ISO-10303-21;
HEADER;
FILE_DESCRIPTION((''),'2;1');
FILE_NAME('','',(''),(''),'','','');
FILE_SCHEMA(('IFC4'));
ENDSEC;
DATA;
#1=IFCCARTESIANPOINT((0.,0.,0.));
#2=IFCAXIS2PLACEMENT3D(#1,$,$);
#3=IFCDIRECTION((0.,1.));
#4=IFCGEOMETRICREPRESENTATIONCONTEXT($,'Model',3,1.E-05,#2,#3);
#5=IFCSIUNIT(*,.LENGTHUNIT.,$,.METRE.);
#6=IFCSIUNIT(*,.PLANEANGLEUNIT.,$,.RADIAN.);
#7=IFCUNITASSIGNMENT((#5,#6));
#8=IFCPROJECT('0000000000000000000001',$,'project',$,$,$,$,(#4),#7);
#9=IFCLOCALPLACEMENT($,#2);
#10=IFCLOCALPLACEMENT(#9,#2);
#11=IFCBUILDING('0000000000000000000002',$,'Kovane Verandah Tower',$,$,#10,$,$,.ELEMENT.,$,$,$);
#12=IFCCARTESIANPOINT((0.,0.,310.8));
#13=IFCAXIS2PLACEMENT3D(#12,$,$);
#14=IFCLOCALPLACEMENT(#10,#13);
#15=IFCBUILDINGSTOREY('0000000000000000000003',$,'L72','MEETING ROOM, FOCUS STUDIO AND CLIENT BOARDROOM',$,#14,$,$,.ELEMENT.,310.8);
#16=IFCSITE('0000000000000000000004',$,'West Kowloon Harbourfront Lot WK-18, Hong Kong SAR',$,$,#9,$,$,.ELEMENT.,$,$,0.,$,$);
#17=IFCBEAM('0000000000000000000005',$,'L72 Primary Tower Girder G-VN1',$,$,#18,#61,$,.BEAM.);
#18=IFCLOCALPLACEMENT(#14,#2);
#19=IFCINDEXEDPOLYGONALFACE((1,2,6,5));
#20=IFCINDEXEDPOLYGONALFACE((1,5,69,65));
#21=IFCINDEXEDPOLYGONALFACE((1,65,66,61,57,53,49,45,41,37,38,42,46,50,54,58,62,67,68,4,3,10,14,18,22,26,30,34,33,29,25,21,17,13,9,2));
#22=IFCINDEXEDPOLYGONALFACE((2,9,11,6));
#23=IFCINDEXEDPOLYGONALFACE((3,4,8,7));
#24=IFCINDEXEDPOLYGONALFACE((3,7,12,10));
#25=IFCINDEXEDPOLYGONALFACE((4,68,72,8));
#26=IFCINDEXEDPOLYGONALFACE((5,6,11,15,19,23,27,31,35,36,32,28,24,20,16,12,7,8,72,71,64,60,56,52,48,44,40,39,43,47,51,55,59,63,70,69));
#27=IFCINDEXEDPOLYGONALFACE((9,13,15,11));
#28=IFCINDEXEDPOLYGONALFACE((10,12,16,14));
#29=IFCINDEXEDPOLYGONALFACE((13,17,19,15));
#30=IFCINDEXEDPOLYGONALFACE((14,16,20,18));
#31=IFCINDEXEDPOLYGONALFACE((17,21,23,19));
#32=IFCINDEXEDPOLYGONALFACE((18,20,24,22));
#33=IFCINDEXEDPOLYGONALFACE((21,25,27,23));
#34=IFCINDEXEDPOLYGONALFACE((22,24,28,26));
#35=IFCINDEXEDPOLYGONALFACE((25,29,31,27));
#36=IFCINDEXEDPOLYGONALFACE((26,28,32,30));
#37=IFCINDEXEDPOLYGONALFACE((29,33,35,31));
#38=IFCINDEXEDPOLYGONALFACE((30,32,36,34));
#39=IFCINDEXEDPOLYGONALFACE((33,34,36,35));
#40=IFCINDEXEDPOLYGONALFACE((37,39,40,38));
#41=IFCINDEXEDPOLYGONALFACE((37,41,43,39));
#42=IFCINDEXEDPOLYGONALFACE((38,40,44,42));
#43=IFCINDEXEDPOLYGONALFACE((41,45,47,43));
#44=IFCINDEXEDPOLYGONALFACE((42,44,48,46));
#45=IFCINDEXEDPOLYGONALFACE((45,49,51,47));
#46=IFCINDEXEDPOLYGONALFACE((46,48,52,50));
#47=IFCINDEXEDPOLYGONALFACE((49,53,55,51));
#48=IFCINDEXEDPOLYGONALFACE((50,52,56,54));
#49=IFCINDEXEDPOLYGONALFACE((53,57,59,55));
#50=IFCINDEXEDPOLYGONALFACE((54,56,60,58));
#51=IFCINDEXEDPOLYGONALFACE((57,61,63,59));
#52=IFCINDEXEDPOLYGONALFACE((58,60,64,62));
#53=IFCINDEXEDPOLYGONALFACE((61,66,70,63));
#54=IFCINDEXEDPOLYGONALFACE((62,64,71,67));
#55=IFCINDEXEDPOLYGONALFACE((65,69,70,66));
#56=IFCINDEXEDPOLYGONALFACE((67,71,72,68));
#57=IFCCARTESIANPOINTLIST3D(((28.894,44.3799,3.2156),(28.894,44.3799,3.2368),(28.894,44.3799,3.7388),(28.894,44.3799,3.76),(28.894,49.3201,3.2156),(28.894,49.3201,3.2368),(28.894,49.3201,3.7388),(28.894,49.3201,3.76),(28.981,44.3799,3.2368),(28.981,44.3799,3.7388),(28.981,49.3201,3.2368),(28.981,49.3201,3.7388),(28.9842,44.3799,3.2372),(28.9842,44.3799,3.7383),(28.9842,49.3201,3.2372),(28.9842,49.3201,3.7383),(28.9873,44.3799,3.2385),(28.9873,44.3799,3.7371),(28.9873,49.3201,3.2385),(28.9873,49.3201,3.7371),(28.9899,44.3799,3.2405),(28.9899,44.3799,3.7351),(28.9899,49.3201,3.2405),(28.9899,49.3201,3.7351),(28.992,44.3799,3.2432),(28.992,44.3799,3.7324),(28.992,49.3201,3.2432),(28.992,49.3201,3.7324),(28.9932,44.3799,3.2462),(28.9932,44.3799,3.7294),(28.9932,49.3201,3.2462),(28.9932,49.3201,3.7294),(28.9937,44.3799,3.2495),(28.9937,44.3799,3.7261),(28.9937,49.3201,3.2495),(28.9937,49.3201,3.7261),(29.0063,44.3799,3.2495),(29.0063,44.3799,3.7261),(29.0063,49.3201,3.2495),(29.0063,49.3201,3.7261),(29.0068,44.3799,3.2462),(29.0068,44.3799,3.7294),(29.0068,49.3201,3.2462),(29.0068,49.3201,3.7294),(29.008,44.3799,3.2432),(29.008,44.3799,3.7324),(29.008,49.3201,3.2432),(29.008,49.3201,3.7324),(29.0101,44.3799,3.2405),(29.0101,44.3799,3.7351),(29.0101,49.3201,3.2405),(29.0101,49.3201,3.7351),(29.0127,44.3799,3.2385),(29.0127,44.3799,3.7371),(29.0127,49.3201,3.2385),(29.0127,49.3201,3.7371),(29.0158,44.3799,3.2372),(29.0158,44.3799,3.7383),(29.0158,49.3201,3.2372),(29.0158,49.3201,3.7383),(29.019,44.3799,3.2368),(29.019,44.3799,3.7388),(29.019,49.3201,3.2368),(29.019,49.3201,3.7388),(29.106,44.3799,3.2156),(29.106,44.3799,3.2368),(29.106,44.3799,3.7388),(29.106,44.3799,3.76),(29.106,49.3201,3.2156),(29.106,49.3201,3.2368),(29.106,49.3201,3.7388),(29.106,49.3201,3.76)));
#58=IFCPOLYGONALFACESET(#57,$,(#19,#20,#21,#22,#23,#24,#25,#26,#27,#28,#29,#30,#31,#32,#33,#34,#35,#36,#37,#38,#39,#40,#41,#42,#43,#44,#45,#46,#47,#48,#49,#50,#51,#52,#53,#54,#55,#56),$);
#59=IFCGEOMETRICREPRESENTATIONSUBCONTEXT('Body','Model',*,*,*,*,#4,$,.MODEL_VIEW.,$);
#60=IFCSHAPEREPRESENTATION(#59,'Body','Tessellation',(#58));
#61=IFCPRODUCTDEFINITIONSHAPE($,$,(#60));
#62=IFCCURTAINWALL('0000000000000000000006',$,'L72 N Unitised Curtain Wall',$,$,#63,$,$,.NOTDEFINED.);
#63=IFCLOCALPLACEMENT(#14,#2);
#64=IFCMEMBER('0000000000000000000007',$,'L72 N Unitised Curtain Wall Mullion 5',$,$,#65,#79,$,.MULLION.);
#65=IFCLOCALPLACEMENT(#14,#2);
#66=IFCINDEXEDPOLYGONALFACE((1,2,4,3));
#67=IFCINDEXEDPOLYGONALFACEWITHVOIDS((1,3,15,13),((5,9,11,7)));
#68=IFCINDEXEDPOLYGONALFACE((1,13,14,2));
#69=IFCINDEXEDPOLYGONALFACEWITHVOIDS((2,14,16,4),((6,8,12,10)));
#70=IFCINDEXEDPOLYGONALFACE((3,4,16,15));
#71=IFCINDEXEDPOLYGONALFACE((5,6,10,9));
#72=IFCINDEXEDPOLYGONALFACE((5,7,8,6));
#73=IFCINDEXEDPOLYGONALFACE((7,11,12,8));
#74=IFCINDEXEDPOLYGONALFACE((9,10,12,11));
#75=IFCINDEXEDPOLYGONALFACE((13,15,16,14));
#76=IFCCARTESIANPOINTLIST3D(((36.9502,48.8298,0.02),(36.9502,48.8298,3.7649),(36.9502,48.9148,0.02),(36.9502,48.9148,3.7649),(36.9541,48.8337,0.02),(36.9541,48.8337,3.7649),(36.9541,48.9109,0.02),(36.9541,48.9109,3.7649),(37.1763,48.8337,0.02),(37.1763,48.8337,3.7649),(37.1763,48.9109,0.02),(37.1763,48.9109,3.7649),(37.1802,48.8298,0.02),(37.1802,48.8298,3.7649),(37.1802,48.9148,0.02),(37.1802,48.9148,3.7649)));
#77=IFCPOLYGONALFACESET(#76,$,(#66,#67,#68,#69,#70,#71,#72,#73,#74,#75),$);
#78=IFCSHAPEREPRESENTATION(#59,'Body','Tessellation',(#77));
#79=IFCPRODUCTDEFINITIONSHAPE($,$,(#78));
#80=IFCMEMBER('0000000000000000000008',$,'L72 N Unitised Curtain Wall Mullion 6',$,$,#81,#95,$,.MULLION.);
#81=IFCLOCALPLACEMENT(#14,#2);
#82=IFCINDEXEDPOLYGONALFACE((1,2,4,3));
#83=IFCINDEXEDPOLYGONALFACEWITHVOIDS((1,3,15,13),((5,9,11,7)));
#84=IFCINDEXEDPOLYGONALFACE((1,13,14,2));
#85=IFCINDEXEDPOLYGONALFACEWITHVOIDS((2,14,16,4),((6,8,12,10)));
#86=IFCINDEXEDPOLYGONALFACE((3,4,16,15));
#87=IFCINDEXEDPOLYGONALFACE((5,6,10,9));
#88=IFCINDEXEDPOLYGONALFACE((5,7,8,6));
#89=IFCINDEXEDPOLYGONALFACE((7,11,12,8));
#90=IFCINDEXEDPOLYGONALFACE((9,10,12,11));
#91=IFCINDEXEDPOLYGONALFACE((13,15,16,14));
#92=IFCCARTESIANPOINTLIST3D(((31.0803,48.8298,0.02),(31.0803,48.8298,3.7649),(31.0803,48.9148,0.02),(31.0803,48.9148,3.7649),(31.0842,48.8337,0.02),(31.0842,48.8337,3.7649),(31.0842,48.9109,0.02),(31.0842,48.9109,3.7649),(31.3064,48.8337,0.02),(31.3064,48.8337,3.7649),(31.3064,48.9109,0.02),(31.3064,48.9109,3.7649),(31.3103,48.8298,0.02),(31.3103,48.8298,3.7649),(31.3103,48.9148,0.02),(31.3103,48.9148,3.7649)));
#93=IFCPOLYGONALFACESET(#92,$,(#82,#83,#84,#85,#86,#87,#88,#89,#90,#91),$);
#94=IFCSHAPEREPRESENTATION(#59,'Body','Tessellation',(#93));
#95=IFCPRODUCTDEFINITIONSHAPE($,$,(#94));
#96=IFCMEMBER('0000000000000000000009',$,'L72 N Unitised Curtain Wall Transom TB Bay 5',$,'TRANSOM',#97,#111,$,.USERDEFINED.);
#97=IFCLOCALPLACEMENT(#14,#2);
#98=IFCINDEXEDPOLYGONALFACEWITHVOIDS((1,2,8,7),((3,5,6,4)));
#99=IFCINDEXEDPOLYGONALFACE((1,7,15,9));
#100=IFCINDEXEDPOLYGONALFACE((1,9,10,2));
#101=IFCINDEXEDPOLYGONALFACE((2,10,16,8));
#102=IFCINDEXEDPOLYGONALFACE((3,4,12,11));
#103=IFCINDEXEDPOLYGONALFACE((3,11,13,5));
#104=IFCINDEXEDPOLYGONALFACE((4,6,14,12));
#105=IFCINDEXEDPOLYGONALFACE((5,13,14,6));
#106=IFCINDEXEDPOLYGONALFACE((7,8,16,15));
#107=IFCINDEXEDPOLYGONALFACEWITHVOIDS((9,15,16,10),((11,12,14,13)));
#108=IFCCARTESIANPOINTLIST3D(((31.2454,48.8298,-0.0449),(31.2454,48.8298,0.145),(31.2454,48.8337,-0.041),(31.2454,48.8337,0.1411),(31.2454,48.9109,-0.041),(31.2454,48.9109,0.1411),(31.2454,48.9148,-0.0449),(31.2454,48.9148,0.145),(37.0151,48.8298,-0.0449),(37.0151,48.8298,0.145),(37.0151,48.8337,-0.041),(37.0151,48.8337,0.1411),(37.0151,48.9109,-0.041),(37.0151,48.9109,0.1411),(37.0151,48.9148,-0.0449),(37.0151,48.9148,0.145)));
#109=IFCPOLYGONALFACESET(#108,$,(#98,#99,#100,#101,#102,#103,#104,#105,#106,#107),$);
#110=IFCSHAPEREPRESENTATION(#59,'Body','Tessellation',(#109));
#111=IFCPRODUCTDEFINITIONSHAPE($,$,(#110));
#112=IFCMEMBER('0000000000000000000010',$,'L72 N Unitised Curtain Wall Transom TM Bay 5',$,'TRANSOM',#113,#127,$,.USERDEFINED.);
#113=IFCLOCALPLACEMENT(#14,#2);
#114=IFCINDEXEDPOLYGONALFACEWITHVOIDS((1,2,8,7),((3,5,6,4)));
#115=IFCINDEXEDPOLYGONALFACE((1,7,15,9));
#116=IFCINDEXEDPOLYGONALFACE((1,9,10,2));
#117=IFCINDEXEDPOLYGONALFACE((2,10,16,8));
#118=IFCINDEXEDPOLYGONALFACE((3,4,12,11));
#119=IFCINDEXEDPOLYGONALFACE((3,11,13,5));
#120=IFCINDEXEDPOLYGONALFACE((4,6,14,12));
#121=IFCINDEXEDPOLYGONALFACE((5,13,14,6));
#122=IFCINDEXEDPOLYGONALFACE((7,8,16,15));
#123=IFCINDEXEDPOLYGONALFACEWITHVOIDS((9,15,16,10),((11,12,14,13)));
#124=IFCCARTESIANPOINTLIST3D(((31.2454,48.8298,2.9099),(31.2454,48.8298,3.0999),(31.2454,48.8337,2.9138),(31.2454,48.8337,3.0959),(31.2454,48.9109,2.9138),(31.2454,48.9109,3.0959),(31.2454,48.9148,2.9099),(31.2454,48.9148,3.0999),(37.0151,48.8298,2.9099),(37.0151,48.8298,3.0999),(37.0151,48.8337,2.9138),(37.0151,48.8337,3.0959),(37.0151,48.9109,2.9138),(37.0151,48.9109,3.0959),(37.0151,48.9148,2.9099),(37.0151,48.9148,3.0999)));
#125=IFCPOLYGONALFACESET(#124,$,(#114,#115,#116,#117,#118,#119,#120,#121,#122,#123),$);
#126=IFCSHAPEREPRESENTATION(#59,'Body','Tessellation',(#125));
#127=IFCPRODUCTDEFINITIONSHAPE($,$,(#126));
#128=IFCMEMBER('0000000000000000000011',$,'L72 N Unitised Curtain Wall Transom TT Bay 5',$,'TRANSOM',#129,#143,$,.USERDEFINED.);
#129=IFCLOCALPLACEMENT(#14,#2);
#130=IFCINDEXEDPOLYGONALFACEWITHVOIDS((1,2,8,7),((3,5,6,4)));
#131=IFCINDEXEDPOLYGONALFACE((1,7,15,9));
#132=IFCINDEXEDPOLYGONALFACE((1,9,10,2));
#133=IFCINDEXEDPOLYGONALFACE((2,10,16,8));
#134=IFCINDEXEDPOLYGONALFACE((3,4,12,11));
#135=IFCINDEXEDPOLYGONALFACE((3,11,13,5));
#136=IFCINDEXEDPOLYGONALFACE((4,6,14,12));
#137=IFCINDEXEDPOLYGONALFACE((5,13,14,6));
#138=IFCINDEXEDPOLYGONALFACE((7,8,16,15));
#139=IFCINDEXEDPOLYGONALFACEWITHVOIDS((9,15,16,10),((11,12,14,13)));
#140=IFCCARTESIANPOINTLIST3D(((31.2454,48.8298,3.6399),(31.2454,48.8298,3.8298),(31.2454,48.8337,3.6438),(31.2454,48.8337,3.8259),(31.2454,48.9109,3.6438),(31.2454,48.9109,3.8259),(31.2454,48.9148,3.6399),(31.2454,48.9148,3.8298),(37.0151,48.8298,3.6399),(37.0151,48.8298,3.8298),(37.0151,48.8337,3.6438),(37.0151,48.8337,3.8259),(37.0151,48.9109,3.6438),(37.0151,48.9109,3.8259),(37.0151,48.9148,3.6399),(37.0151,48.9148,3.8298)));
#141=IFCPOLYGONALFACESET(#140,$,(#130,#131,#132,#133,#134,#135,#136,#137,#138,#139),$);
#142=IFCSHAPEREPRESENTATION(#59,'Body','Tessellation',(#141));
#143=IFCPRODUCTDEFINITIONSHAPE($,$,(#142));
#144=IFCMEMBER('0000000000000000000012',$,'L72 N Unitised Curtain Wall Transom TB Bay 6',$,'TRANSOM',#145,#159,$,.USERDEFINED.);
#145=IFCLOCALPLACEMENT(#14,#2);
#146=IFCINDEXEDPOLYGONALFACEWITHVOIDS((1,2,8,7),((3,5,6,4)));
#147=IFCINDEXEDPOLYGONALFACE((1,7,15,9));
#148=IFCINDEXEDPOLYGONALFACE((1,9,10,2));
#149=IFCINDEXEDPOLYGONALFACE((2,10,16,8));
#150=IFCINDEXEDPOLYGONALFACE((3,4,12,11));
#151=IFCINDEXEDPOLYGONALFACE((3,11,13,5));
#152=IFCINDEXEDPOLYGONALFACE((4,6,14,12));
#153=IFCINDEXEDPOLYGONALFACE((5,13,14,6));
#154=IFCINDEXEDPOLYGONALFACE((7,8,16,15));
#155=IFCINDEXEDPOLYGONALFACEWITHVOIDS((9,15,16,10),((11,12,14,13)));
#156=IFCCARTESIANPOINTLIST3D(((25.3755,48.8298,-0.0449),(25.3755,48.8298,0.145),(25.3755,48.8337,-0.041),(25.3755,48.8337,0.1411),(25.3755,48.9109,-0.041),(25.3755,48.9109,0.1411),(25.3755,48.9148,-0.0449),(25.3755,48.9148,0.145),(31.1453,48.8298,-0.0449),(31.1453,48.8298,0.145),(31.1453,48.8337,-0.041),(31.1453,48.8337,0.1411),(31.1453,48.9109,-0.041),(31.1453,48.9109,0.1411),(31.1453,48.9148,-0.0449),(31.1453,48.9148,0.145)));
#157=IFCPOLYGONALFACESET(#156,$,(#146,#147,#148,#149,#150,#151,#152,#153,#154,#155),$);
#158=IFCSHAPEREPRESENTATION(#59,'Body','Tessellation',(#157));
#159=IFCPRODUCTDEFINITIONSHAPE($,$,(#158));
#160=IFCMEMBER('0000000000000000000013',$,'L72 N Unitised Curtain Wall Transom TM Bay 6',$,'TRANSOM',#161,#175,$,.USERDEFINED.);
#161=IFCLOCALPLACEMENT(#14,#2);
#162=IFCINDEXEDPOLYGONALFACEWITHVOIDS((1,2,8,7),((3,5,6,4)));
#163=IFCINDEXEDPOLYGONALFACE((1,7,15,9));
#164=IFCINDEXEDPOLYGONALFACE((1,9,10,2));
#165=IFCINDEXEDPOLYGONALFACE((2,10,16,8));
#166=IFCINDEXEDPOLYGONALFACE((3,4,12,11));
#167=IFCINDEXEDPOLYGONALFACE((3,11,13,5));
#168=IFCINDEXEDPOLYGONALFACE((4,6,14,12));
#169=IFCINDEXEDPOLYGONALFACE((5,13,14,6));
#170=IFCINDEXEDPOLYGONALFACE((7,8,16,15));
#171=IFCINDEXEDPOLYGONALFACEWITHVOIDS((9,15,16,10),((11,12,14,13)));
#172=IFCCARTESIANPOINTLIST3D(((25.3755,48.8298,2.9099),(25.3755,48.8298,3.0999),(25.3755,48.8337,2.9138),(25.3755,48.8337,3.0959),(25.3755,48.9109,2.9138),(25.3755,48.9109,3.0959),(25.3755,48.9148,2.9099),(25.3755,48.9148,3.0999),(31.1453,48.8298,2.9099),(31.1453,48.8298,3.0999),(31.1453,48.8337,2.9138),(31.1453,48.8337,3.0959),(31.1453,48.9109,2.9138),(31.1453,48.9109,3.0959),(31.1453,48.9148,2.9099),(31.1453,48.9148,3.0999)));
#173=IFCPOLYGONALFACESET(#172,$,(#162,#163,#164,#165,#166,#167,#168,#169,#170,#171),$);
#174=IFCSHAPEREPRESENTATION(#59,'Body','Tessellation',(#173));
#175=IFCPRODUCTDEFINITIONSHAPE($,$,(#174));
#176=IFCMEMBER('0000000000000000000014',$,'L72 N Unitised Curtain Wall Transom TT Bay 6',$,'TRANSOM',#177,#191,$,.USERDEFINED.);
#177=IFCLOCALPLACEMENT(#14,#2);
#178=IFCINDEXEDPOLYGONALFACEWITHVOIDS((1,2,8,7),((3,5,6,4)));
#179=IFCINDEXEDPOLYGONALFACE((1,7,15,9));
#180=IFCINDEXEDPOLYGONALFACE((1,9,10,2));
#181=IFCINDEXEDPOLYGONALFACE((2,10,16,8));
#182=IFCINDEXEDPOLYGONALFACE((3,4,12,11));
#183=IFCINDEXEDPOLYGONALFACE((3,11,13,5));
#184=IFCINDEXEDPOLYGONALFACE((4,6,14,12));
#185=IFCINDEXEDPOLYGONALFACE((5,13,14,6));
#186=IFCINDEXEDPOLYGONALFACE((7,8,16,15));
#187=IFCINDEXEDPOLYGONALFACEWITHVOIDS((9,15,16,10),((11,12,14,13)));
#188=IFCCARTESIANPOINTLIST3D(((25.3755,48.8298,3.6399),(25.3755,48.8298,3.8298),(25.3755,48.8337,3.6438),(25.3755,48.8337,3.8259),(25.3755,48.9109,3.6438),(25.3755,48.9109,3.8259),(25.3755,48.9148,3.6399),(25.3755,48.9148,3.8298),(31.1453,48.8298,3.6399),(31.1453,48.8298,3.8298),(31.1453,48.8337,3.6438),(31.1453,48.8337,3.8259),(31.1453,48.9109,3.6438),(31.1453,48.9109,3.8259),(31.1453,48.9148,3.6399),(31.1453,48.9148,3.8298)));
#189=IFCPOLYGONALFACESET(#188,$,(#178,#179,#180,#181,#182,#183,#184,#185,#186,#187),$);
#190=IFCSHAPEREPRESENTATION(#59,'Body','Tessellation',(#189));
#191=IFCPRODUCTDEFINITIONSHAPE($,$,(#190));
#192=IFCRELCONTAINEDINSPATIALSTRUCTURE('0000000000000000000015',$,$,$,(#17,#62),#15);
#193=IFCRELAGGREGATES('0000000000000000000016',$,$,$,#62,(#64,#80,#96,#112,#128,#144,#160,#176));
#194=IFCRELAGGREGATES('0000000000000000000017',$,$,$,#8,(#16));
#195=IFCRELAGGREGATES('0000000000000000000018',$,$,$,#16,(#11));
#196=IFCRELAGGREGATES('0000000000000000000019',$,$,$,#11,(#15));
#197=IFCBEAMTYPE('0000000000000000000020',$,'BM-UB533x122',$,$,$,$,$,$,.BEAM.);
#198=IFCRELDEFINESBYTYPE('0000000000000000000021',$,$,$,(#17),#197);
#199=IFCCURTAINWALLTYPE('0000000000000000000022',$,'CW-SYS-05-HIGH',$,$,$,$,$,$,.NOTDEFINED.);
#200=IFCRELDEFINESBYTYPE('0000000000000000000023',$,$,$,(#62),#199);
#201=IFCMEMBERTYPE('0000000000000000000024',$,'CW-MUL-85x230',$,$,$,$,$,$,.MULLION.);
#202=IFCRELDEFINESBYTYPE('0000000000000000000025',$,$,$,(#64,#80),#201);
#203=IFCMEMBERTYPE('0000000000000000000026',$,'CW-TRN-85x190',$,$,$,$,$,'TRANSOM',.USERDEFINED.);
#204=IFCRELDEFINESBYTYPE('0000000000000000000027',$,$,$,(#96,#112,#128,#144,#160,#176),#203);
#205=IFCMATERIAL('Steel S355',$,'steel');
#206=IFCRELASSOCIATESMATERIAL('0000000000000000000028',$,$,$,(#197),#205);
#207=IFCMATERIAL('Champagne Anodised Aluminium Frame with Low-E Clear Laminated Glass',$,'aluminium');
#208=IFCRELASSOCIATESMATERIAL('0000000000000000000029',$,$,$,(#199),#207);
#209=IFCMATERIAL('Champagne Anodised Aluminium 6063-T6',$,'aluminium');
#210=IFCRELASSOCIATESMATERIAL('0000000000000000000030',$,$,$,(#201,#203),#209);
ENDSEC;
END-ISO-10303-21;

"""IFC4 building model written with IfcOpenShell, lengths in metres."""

from ifc_helpers import new_model, si_unit, direction, frame, origin, origin_2d, place, context, subcontext, project, spatial, hollow_rectangle, i_section, extrude, material, material_profile, profile_set, type_object, element, aggregate, save


model = new_model("IFC4")

# Units and contexts
model_context = context("Model", 3, precision=1e-05, world=origin(), true_north=direction((0.0, 1.0)))
body_context = subcontext(model_context, "Body", "Model", "MODEL_VIEW")
ifc_project = project(units=[si_unit("LENGTHUNIT", "METRE"), si_unit("PLANEANGLEUNIT", "RADIAN")], contexts=[model_context])

# Site, building, storey
site_placement = place(None, origin())
site = spatial("IfcSite", under=ifc_project, at=site_placement, Name="West Kowloon Harbourfront Lot WK-18, Hong Kong SAR", CompositionType="ELEMENT", RefElevation=0.0)
building_placement = place(site_placement, origin())
building = spatial("IfcBuilding", under=site, at=building_placement, Name="Kovane Verandah Tower", CompositionType="ELEMENT")
storey_placement = place(building_placement, frame((0.0, 0.0, 310.8)))
storey = spatial("IfcBuildingStorey", under=building, at=storey_placement, Name="L72", Description="MEETING ROOM, FOCUS STUDIO AND CLIENT BOARDROOM", CompositionType="ELEMENT", Elevation=310.8)

# Beam
ifc_material_1 = material(Name="Steel S355", Category="steel")
ifc_material_profile_1 = material_profile(ifc_material_1, i_section(OverallWidth=0.2119, OverallDepth=0.5444, WebThickness=0.0127, FlangeThickness=0.0212, FilletRadius=0.0127, at=origin_2d()), Name="UB533x210x122")
ifc_profile_set_1 = profile_set([ifc_material_profile_1], Name="Steel S355")
beam_type_1 = type_object("IfcBeamType", Name="BM-UB533x122", PredefinedType="BEAM", material=ifc_profile_set_1)
beam_1_placement = place(storey_placement, frame((29.0, 44.3799, 3.4878), z_axis=(0.0, 1.0, 0.0), x_axis=(-1.0, 0.0, 0.0)))
element("IfcBeam", 1, at=beam_1_placement, inside=storey, type_object=beam_type_1, Name="L72 Primary Tower Girder G-VN1", PredefinedType="BEAM", context=body_context, shape_type="SweptSolid", body=[
    extrude(i_section(OverallWidth=0.2119, OverallDepth=0.5444, WebThickness=0.0127, FlangeThickness=0.0212, FilletRadius=0.0127, at=origin_2d()), origin(), (0.0, 0.0, 1.0), 4.9402),
])

# Curtain wall, members
ifc_material_2 = material(Name="Champagne Anodised Aluminium Frame with Low-E Clear Laminated Glass", Category="aluminium")
curtain_wall_type = type_object("IfcCurtainWallType", Name="CW-SYS-05-HIGH", PredefinedType="NOTDEFINED", material=ifc_material_2)
curtain_wall_placement = place(storey_placement, origin())
curtain_wall = element("IfcCurtainWall", 2, at=curtain_wall_placement, inside=storey, type_object=curtain_wall_type, Name="L72 N Unitised Curtain Wall", PredefinedType="NOTDEFINED")
ifc_material_3 = material(Name="Champagne Anodised Aluminium 6063-T6", Category="aluminium")
ifc_material_profile_2 = material_profile(ifc_material_3, hollow_rectangle(XDim=0.085, YDim=0.23, WallThickness=0.0039, at=origin_2d()), Name="AL85x230x4")
ifc_profile_set_2 = profile_set([ifc_material_profile_2], Name="Champagne Anodised Aluminium 6063-T6")
member_type_1 = type_object("IfcMemberType", Name="CW-MUL-85x230", PredefinedType="MULLION", material=ifc_profile_set_2)
member_1_placement = place(storey_placement, frame((37.0652, 48.8723, 0.02), z_axis=(0.0, 0.0, 1.0), x_axis=(0.0, 1.0, 0.0)))
member_1 = element("IfcMember", 3, at=member_1_placement, type_object=member_type_1, Name="L72 N Unitised Curtain Wall Mullion 5", PredefinedType="MULLION", context=body_context, shape_type="SweptSolid", body=[
    extrude(hollow_rectangle(XDim=0.085, YDim=0.23, WallThickness=0.0039, at=origin_2d()), origin(), (0.0, 0.0, 1.0), 3.7449),
])
member_2_placement = place(storey_placement, frame((31.1953, 48.8723, 0.02), z_axis=(0.0, 0.0, 1.0), x_axis=(0.0, 1.0, 0.0)))
member_2 = element("IfcMember", 4, at=member_2_placement, type_object=member_type_1, Name="L72 N Unitised Curtain Wall Mullion 6", PredefinedType="MULLION", context=body_context, shape_type="SweptSolid", body=[
    extrude(hollow_rectangle(XDim=0.085, YDim=0.23, WallThickness=0.0039, at=origin_2d()), origin(), (0.0, 0.0, 1.0), 3.7449),
])
ifc_material_profile_3 = material_profile(ifc_material_3, hollow_rectangle(XDim=0.085, YDim=0.1899, WallThickness=0.0039, at=origin_2d()), Name="AL85x190x4")
ifc_profile_set_3 = profile_set([ifc_material_profile_3], Name="Champagne Anodised Aluminium 6063-T6")
member_type_2 = type_object("IfcMemberType", Name="CW-TRN-85x190", ElementType="TRANSOM", PredefinedType="USERDEFINED", material=ifc_profile_set_3)
member_3_placement = place(storey_placement, frame((37.0151, 48.8723, 0.05), z_axis=(-1.0, 0.0, 0.0), x_axis=(0.0, -1.0, 0.0)))
member_3 = element("IfcMember", 5, at=member_3_placement, type_object=member_type_2, Name="L72 N Unitised Curtain Wall Transom TB Bay 5", ObjectType="TRANSOM", PredefinedType="USERDEFINED", context=body_context, shape_type="SweptSolid", body=[
    extrude(hollow_rectangle(XDim=0.085, YDim=0.1899, WallThickness=0.0039, at=origin_2d()), origin(), (0.0, 0.0, 1.0), 5.7698),
])
member_4_placement = place(storey_placement, frame((37.0151, 48.8723, 3.0049), z_axis=(-1.0, 0.0, 0.0), x_axis=(0.0, -1.0, 0.0)))
member_4 = element("IfcMember", 6, at=member_4_placement, type_object=member_type_2, Name="L72 N Unitised Curtain Wall Transom TM Bay 5", ObjectType="TRANSOM", PredefinedType="USERDEFINED", context=body_context, shape_type="SweptSolid", body=[
    extrude(hollow_rectangle(XDim=0.085, YDim=0.1899, WallThickness=0.0039, at=origin_2d()), origin(), (0.0, 0.0, 1.0), 5.7698),
])
member_5_placement = place(storey_placement, frame((37.0151, 48.8723, 3.7349), z_axis=(-1.0, 0.0, 0.0), x_axis=(0.0, -1.0, 0.0)))
member_5 = element("IfcMember", 7, at=member_5_placement, type_object=member_type_2, Name="L72 N Unitised Curtain Wall Transom TT Bay 5", ObjectType="TRANSOM", PredefinedType="USERDEFINED", context=body_context, shape_type="SweptSolid", body=[
    extrude(hollow_rectangle(XDim=0.085, YDim=0.1899, WallThickness=0.0039, at=origin_2d()), origin(), (0.0, 0.0, 1.0), 5.7698),
])
member_6_placement = place(storey_placement, frame((31.1453, 48.8723, 0.05), z_axis=(-1.0, 0.0, 0.0), x_axis=(0.0, -1.0, 0.0)))
member_6 = element("IfcMember", 8, at=member_6_placement, type_object=member_type_2, Name="L72 N Unitised Curtain Wall Transom TB Bay 6", ObjectType="TRANSOM", PredefinedType="USERDEFINED", context=body_context, shape_type="SweptSolid", body=[
    extrude(hollow_rectangle(XDim=0.085, YDim=0.1899, WallThickness=0.0039, at=origin_2d()), origin(), (0.0, 0.0, 1.0), 5.7698),
])
member_7_placement = place(storey_placement, frame((31.1453, 48.8723, 3.0049), z_axis=(-1.0, 0.0, 0.0), x_axis=(0.0, -1.0, 0.0)))
member_7 = element("IfcMember", 9, at=member_7_placement, type_object=member_type_2, Name="L72 N Unitised Curtain Wall Transom TM Bay 6", ObjectType="TRANSOM", PredefinedType="USERDEFINED", context=body_context, shape_type="SweptSolid", body=[
    extrude(hollow_rectangle(XDim=0.085, YDim=0.1899, WallThickness=0.0039, at=origin_2d()), origin(), (0.0, 0.0, 1.0), 5.7698),
])
member_8_placement = place(storey_placement, frame((31.1453, 48.8723, 3.7349), z_axis=(-1.0, 0.0, 0.0), x_axis=(0.0, -1.0, 0.0)))
member_8 = element("IfcMember", 10, at=member_8_placement, type_object=member_type_2, Name="L72 N Unitised Curtain Wall Transom TT Bay 6", ObjectType="TRANSOM", PredefinedType="USERDEFINED", context=body_context, shape_type="SweptSolid", body=[
    extrude(hollow_rectangle(XDim=0.085, YDim=0.1899, WallThickness=0.0039, at=origin_2d()), origin(), (0.0, 0.0, 1.0), 5.7698),
])

aggregate(curtain_wall, [member_1, member_2, member_3, member_4, member_5, member_6, member_7, member_8])

save(model, "model.ifc")
